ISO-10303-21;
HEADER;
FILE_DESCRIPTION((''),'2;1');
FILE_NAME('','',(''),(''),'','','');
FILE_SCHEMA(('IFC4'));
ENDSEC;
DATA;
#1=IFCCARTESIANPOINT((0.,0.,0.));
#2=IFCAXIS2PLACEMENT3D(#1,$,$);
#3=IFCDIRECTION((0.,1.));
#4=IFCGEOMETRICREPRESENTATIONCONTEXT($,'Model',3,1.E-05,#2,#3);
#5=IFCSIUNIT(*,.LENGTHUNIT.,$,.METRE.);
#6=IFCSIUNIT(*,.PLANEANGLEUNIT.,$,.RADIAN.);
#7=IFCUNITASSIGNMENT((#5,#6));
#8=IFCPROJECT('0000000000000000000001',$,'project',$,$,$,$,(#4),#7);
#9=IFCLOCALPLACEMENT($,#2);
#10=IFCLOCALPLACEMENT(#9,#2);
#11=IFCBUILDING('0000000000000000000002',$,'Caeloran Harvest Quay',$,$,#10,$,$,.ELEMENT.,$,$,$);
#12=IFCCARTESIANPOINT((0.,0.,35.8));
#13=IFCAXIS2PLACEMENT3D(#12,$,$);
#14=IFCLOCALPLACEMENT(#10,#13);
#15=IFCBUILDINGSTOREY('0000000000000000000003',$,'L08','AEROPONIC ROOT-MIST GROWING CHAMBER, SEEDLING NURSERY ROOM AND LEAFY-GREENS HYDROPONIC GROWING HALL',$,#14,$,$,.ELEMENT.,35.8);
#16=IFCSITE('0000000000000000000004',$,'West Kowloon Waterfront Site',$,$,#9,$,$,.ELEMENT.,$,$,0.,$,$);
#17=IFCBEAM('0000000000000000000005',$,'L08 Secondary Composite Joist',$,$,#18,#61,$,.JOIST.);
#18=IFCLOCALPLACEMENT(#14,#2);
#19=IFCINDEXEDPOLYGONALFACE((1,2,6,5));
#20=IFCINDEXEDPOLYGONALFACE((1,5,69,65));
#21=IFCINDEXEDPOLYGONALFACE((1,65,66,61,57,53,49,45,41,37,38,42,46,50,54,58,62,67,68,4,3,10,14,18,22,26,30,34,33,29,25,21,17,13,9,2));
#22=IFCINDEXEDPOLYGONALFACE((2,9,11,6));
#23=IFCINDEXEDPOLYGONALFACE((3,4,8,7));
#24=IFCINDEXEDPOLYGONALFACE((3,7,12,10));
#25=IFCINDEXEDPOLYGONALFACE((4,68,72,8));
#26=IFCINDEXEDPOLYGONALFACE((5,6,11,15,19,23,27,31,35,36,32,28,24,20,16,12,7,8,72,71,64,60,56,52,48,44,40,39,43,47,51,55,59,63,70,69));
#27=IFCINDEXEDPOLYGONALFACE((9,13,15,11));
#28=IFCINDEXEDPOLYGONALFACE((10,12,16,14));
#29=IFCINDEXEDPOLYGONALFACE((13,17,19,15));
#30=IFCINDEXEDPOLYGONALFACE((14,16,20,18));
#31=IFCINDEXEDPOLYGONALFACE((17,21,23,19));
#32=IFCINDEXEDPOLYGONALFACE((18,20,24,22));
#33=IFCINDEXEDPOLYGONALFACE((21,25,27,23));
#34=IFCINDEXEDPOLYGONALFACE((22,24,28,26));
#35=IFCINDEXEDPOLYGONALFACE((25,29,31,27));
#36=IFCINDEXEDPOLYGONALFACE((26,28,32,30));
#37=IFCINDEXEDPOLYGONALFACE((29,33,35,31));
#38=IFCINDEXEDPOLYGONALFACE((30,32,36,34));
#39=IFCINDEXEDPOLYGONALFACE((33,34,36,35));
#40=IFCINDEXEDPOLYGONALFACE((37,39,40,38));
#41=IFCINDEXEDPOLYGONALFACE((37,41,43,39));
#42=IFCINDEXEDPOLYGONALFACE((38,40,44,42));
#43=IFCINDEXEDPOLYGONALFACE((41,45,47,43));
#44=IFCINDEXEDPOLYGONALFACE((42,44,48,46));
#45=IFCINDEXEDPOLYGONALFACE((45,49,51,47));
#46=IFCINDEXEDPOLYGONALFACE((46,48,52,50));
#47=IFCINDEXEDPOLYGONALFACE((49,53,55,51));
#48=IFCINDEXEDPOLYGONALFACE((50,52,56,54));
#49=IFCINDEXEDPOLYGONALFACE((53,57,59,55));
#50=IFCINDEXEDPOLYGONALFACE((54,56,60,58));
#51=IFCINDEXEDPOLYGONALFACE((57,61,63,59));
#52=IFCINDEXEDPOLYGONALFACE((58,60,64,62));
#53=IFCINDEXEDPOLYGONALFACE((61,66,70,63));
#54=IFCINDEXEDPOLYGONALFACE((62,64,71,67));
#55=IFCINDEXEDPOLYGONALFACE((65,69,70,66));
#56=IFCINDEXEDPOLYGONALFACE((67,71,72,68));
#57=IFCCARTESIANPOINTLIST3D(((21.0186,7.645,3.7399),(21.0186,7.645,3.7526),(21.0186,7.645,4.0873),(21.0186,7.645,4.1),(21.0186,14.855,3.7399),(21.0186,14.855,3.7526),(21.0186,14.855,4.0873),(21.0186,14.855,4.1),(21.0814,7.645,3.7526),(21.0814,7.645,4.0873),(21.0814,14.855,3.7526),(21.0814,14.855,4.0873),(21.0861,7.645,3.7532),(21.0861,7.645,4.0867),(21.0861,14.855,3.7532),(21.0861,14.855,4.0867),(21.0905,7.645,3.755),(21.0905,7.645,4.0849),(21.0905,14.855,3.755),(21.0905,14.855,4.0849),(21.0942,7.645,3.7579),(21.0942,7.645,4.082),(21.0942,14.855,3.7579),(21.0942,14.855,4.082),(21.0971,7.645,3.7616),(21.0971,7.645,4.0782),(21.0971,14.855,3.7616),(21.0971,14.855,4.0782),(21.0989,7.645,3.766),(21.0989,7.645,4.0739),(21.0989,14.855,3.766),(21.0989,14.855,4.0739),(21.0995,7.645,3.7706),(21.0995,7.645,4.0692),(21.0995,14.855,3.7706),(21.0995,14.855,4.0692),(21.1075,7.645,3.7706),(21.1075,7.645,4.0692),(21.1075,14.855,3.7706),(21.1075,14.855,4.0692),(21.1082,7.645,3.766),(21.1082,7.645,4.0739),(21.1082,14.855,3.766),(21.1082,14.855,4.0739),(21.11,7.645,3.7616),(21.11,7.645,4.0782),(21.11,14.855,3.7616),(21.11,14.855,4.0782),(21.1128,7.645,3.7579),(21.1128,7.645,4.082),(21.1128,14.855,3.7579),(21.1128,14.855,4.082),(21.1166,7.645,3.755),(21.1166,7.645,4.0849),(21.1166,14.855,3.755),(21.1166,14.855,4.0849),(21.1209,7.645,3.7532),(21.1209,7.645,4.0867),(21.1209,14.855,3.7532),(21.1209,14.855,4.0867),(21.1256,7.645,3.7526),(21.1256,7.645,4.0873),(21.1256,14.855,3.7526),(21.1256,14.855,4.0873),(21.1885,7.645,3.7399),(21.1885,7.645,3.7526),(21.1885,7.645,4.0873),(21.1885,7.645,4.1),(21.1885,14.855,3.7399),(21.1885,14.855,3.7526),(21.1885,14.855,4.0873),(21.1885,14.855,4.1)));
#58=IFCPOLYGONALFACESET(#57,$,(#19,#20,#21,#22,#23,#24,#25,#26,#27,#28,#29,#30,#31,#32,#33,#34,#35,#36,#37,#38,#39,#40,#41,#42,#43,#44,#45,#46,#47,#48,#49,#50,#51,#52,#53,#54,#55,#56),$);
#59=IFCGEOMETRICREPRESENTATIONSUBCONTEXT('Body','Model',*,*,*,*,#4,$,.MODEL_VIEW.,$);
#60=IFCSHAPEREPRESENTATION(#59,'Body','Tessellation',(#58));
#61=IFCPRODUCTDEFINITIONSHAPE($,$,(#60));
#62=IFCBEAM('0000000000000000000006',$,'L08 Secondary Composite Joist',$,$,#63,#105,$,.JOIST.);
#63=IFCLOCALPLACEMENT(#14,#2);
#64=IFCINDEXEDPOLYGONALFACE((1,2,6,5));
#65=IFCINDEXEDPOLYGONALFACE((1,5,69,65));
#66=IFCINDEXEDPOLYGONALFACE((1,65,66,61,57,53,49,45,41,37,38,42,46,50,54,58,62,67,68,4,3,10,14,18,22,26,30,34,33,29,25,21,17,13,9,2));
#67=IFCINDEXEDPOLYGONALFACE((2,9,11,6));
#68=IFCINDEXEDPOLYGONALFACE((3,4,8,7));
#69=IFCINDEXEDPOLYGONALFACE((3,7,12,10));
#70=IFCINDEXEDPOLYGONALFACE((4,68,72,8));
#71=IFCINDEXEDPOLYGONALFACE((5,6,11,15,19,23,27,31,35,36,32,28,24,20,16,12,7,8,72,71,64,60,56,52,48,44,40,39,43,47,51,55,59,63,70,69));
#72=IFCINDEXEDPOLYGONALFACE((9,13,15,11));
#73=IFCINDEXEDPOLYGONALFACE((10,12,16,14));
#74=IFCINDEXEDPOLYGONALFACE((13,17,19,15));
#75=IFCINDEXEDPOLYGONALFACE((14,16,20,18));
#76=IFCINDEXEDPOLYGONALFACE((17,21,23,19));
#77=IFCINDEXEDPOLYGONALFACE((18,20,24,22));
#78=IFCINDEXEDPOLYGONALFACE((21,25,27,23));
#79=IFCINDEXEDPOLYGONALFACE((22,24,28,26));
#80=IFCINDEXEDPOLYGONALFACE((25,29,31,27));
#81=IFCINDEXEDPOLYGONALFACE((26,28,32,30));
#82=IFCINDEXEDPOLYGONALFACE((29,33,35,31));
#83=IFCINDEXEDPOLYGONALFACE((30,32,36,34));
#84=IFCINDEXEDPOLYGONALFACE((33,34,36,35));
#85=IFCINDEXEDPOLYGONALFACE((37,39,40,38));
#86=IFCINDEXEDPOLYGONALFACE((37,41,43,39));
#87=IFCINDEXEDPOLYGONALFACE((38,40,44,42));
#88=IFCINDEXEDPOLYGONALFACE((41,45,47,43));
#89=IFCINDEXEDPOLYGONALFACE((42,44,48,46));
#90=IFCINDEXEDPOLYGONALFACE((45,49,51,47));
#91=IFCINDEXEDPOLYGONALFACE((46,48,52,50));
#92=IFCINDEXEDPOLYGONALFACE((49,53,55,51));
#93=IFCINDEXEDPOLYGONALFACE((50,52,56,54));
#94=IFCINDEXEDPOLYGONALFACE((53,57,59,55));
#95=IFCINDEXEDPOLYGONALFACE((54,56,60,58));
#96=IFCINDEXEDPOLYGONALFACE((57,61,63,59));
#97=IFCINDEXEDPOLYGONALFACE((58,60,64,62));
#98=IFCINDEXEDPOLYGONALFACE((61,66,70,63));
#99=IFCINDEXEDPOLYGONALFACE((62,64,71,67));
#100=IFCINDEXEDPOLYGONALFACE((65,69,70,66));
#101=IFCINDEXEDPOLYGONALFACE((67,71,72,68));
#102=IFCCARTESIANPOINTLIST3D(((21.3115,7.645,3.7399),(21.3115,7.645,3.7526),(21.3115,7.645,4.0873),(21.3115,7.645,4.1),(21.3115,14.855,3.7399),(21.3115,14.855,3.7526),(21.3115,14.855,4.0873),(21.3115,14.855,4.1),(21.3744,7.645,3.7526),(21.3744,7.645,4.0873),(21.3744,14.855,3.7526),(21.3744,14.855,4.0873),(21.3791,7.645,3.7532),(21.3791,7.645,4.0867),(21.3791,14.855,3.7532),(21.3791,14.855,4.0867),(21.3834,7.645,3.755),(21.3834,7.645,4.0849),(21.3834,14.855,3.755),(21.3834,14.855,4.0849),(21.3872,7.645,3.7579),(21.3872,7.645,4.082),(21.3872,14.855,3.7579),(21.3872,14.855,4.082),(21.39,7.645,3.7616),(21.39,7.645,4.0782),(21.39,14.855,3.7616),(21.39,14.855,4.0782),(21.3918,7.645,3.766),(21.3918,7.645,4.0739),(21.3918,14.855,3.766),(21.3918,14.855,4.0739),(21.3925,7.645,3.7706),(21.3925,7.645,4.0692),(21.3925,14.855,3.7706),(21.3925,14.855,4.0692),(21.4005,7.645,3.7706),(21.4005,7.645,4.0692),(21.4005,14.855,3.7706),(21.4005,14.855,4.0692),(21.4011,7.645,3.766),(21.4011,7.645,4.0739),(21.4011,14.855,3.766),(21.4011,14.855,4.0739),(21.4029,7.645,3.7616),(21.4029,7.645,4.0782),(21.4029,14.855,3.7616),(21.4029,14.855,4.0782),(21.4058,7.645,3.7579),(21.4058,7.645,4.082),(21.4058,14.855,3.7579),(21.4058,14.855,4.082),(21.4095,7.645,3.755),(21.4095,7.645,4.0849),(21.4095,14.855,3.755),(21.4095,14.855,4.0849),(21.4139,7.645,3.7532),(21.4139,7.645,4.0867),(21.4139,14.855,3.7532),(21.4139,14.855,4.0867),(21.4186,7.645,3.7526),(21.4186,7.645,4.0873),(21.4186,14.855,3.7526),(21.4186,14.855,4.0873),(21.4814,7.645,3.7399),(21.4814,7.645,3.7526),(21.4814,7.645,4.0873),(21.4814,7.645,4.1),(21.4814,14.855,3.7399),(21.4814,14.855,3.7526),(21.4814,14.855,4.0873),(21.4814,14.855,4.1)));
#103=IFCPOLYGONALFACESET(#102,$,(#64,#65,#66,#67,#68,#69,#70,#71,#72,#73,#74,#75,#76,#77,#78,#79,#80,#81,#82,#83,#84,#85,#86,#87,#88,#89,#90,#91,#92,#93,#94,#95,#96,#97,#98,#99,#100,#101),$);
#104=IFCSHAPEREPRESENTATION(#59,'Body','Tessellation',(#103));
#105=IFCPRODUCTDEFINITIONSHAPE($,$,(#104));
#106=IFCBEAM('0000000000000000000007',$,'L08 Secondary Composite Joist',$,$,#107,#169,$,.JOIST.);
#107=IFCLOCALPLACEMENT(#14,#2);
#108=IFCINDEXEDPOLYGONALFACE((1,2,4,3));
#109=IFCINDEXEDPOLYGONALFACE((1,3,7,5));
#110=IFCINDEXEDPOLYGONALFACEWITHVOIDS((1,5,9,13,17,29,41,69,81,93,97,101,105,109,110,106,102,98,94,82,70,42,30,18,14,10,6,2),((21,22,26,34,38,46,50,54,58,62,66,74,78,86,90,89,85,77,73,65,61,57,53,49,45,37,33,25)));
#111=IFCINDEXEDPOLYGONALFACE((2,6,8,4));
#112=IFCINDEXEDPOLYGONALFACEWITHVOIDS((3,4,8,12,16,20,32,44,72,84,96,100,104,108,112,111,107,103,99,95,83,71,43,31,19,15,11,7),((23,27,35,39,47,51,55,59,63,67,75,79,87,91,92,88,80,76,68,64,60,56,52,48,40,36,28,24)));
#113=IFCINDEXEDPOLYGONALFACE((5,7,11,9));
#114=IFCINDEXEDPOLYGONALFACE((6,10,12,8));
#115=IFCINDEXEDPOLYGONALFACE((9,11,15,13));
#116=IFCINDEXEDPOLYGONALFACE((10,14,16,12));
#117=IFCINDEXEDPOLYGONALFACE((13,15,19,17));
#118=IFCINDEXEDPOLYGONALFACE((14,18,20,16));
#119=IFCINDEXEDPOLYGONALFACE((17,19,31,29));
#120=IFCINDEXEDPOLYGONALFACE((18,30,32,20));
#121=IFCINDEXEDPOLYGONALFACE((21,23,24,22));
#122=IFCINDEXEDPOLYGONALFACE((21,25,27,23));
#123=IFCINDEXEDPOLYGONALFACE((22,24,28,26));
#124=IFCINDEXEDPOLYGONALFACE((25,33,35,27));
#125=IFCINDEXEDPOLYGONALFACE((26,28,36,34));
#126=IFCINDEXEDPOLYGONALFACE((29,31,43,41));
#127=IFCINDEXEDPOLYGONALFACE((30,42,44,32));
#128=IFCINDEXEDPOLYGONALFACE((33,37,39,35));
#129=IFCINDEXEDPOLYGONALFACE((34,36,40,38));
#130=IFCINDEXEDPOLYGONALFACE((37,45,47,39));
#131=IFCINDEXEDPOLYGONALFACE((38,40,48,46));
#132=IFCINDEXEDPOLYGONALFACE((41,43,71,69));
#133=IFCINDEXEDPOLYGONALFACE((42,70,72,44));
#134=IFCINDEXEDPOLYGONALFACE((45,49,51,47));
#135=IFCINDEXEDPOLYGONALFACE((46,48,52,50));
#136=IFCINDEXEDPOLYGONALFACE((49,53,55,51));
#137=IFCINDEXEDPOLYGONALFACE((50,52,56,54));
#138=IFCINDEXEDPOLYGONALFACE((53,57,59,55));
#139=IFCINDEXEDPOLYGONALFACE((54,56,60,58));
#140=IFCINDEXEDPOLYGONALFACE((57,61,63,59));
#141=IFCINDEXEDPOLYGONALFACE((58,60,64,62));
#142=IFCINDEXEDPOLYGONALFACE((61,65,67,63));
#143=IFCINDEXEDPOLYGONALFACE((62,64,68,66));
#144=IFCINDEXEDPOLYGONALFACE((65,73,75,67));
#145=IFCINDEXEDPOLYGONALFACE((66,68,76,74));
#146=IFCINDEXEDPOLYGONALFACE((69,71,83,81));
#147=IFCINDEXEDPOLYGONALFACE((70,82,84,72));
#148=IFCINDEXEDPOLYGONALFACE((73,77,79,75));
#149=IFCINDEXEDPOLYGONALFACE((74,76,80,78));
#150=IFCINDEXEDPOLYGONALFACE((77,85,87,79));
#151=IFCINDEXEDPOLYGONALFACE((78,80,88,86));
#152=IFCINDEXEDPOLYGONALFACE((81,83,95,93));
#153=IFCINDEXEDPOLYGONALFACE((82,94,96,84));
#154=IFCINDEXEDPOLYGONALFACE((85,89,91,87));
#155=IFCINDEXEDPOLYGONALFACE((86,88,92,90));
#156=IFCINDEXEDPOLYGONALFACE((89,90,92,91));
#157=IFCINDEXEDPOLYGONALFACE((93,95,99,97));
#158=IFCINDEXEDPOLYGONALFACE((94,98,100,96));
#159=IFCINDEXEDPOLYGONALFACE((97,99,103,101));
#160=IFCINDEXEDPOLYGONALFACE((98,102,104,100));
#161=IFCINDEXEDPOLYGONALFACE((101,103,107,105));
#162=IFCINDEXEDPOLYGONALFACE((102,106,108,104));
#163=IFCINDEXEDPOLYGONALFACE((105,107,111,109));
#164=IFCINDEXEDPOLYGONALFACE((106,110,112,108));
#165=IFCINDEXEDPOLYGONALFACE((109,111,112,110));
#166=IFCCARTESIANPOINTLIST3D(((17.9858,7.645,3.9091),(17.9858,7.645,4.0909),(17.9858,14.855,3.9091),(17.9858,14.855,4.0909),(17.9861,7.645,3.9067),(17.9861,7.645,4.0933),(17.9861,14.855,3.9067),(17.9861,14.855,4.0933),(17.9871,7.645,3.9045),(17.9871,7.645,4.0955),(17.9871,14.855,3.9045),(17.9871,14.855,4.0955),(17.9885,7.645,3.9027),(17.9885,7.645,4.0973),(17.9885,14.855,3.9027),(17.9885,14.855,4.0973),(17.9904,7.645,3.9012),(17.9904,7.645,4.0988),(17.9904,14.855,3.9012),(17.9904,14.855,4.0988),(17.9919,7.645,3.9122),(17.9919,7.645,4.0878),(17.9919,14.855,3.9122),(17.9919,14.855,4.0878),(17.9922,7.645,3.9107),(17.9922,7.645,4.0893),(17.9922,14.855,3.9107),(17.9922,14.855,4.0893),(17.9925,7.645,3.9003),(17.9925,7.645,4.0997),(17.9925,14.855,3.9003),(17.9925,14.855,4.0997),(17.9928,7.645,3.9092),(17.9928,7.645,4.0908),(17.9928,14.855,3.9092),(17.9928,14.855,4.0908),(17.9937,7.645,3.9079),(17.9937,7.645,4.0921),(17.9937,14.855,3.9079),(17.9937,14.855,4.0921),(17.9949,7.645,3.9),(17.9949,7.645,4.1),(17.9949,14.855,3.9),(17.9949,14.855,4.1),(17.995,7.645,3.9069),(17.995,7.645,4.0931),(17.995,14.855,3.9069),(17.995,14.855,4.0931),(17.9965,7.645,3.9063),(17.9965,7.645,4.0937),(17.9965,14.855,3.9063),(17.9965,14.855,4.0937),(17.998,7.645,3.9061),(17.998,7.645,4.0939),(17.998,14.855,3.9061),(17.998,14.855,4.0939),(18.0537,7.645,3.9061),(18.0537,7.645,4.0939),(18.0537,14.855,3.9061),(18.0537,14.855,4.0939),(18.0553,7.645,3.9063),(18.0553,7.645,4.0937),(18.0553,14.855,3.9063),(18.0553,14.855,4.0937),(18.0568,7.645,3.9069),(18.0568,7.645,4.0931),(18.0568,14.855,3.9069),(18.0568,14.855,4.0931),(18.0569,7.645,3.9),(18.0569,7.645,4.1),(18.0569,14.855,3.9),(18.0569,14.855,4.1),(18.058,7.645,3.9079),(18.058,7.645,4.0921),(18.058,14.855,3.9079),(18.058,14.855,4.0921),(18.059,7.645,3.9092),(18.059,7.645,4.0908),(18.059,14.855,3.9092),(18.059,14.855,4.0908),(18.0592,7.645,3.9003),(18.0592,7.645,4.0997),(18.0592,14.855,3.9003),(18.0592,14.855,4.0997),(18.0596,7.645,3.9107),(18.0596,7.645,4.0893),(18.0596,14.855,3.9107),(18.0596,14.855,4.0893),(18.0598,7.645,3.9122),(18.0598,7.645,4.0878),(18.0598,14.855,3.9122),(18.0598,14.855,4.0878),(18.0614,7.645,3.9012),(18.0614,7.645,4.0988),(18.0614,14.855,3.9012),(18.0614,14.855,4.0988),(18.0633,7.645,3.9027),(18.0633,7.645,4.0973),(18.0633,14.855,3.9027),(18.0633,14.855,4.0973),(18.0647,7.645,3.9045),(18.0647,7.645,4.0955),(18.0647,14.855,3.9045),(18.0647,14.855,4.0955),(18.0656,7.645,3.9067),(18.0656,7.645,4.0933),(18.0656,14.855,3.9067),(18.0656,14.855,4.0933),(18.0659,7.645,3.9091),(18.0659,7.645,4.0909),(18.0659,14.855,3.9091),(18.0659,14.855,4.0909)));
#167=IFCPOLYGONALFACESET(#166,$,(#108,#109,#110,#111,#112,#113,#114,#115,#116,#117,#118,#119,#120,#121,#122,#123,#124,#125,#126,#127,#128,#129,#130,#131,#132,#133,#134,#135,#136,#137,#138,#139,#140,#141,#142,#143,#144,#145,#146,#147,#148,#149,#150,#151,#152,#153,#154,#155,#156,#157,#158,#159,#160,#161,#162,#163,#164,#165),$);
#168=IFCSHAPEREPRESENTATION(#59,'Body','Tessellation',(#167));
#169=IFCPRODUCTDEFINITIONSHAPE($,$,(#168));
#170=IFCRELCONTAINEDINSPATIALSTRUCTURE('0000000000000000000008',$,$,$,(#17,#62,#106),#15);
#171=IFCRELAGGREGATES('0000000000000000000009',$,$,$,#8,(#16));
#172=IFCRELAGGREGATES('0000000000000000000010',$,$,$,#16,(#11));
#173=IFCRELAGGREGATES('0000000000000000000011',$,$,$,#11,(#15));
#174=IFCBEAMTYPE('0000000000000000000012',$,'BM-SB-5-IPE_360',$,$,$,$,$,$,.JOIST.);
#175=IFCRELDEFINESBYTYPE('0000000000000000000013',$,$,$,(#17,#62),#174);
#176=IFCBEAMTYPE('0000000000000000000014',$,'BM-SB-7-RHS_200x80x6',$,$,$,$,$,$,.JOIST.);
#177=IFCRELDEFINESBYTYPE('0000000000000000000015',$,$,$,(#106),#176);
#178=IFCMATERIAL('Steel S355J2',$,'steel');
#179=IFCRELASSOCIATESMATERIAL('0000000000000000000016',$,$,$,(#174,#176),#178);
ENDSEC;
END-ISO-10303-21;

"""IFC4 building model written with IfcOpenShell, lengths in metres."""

from ifc_helpers import new_model, si_unit, direction, frame, origin, origin_2d, place, context, subcontext, project, spatial, hollow_rectangle, i_section, extrude, material, material_profile, profile_set, type_object, element, save


model = new_model("IFC4")

# Units and contexts
model_context = context("Model", 3, precision=1e-05, world=origin(), true_north=direction((0.0, 1.0)))
body_context = subcontext(model_context, "Body", "Model", "MODEL_VIEW")
ifc_project = project(units=[si_unit("LENGTHUNIT", "METRE"), si_unit("PLANEANGLEUNIT", "RADIAN")], contexts=[model_context])

# Site, building, storey
site_placement = place(None, origin())
site = spatial("IfcSite", under=ifc_project, at=site_placement, Name="West Kowloon Waterfront Site", CompositionType="ELEMENT", RefElevation=0.0)
building_placement = place(site_placement, origin())
building = spatial("IfcBuilding", under=site, at=building_placement, Name="Caeloran Harvest Quay", CompositionType="ELEMENT")
storey_placement = place(building_placement, frame((0.0, 0.0, 35.8)))
storey = spatial("IfcBuildingStorey", under=building, at=storey_placement, Name="L08", Description="AEROPONIC ROOT-MIST GROWING CHAMBER, SEEDLING NURSERY ROOM AND LEAFY-GREENS HYDROPONIC GROWING HALL", CompositionType="ELEMENT", Elevation=35.8)

# Beams
ifc_material_1 = material(Name="Steel S355J2", Category="steel")
ifc_material_profile_1 = material_profile(ifc_material_1, i_section(OverallWidth=0.1699, OverallDepth=0.3601, WebThickness=0.0081, FlangeThickness=0.0127, FilletRadius=0.0181, at=origin_2d()), Name="IPE 360")
ifc_profile_set_1 = profile_set([ifc_material_profile_1], Name="Steel S355J2")
beam_type_1 = type_object("IfcBeamType", Name="BM-SB-5-IPE_360", PredefinedType="JOIST", material=ifc_profile_set_1)
for number, where, z_axis, x_axis, name in (
    (1, (21.1035, 7.645, 3.9199), (0.0, 1.0, 0.0), (-1.0, 0.0, 0.0), "L08 Secondary Composite Joist"),
    (2, (21.3965, 7.645, 3.9199), (0.0, 1.0, 0.0), (-1.0, 0.0, 0.0), "L08 Secondary Composite Joist"),
):
    element("IfcBeam", number, at=place(storey_placement, frame(where, z_axis=z_axis, x_axis=x_axis)), inside=storey, type_object=beam_type_1, Name=name, PredefinedType="JOIST", context=body_context, shape_type="SweptSolid", body=[
        extrude(i_section(OverallWidth=0.1699, OverallDepth=0.3601, WebThickness=0.0081, FlangeThickness=0.0127, FilletRadius=0.0181, at=origin_2d()), origin(), (0.0, 0.0, 1.0), 7.21),
    ])
ifc_material_profile_2 = material_profile(ifc_material_1, hollow_rectangle(XDim=0.0801, YDim=0.2, WallThickness=0.0061, InnerFilletRadius=0.0061, OuterFilletRadius=0.009, at=origin_2d()), Name="RHS 200x80x6")
ifc_profile_set_2 = profile_set([ifc_material_profile_2], Name="Steel S355J2")
beam_type_2 = type_object("IfcBeamType", Name="BM-SB-7-RHS_200x80x6", PredefinedType="JOIST", material=ifc_profile_set_2)
for number, where, z_axis, x_axis, name in (
    (3, (18.0259, 7.645, 4.0), (0.0, 1.0, 0.0), (-1.0, 0.0, 0.0), "L08 Secondary Composite Joist"),
):
    element("IfcBeam", number, at=place(storey_placement, frame(where, z_axis=z_axis, x_axis=x_axis)), inside=storey, type_object=beam_type_2, Name=name, PredefinedType="JOIST", context=body_context, shape_type="SweptSolid", body=[
        extrude(hollow_rectangle(XDim=0.0801, YDim=0.2, WallThickness=0.0061, InnerFilletRadius=0.0061, OuterFilletRadius=0.009, at=origin_2d()), origin(), (0.0, 0.0, 1.0), 7.21),
    ])

save(model, "model.ifc")
